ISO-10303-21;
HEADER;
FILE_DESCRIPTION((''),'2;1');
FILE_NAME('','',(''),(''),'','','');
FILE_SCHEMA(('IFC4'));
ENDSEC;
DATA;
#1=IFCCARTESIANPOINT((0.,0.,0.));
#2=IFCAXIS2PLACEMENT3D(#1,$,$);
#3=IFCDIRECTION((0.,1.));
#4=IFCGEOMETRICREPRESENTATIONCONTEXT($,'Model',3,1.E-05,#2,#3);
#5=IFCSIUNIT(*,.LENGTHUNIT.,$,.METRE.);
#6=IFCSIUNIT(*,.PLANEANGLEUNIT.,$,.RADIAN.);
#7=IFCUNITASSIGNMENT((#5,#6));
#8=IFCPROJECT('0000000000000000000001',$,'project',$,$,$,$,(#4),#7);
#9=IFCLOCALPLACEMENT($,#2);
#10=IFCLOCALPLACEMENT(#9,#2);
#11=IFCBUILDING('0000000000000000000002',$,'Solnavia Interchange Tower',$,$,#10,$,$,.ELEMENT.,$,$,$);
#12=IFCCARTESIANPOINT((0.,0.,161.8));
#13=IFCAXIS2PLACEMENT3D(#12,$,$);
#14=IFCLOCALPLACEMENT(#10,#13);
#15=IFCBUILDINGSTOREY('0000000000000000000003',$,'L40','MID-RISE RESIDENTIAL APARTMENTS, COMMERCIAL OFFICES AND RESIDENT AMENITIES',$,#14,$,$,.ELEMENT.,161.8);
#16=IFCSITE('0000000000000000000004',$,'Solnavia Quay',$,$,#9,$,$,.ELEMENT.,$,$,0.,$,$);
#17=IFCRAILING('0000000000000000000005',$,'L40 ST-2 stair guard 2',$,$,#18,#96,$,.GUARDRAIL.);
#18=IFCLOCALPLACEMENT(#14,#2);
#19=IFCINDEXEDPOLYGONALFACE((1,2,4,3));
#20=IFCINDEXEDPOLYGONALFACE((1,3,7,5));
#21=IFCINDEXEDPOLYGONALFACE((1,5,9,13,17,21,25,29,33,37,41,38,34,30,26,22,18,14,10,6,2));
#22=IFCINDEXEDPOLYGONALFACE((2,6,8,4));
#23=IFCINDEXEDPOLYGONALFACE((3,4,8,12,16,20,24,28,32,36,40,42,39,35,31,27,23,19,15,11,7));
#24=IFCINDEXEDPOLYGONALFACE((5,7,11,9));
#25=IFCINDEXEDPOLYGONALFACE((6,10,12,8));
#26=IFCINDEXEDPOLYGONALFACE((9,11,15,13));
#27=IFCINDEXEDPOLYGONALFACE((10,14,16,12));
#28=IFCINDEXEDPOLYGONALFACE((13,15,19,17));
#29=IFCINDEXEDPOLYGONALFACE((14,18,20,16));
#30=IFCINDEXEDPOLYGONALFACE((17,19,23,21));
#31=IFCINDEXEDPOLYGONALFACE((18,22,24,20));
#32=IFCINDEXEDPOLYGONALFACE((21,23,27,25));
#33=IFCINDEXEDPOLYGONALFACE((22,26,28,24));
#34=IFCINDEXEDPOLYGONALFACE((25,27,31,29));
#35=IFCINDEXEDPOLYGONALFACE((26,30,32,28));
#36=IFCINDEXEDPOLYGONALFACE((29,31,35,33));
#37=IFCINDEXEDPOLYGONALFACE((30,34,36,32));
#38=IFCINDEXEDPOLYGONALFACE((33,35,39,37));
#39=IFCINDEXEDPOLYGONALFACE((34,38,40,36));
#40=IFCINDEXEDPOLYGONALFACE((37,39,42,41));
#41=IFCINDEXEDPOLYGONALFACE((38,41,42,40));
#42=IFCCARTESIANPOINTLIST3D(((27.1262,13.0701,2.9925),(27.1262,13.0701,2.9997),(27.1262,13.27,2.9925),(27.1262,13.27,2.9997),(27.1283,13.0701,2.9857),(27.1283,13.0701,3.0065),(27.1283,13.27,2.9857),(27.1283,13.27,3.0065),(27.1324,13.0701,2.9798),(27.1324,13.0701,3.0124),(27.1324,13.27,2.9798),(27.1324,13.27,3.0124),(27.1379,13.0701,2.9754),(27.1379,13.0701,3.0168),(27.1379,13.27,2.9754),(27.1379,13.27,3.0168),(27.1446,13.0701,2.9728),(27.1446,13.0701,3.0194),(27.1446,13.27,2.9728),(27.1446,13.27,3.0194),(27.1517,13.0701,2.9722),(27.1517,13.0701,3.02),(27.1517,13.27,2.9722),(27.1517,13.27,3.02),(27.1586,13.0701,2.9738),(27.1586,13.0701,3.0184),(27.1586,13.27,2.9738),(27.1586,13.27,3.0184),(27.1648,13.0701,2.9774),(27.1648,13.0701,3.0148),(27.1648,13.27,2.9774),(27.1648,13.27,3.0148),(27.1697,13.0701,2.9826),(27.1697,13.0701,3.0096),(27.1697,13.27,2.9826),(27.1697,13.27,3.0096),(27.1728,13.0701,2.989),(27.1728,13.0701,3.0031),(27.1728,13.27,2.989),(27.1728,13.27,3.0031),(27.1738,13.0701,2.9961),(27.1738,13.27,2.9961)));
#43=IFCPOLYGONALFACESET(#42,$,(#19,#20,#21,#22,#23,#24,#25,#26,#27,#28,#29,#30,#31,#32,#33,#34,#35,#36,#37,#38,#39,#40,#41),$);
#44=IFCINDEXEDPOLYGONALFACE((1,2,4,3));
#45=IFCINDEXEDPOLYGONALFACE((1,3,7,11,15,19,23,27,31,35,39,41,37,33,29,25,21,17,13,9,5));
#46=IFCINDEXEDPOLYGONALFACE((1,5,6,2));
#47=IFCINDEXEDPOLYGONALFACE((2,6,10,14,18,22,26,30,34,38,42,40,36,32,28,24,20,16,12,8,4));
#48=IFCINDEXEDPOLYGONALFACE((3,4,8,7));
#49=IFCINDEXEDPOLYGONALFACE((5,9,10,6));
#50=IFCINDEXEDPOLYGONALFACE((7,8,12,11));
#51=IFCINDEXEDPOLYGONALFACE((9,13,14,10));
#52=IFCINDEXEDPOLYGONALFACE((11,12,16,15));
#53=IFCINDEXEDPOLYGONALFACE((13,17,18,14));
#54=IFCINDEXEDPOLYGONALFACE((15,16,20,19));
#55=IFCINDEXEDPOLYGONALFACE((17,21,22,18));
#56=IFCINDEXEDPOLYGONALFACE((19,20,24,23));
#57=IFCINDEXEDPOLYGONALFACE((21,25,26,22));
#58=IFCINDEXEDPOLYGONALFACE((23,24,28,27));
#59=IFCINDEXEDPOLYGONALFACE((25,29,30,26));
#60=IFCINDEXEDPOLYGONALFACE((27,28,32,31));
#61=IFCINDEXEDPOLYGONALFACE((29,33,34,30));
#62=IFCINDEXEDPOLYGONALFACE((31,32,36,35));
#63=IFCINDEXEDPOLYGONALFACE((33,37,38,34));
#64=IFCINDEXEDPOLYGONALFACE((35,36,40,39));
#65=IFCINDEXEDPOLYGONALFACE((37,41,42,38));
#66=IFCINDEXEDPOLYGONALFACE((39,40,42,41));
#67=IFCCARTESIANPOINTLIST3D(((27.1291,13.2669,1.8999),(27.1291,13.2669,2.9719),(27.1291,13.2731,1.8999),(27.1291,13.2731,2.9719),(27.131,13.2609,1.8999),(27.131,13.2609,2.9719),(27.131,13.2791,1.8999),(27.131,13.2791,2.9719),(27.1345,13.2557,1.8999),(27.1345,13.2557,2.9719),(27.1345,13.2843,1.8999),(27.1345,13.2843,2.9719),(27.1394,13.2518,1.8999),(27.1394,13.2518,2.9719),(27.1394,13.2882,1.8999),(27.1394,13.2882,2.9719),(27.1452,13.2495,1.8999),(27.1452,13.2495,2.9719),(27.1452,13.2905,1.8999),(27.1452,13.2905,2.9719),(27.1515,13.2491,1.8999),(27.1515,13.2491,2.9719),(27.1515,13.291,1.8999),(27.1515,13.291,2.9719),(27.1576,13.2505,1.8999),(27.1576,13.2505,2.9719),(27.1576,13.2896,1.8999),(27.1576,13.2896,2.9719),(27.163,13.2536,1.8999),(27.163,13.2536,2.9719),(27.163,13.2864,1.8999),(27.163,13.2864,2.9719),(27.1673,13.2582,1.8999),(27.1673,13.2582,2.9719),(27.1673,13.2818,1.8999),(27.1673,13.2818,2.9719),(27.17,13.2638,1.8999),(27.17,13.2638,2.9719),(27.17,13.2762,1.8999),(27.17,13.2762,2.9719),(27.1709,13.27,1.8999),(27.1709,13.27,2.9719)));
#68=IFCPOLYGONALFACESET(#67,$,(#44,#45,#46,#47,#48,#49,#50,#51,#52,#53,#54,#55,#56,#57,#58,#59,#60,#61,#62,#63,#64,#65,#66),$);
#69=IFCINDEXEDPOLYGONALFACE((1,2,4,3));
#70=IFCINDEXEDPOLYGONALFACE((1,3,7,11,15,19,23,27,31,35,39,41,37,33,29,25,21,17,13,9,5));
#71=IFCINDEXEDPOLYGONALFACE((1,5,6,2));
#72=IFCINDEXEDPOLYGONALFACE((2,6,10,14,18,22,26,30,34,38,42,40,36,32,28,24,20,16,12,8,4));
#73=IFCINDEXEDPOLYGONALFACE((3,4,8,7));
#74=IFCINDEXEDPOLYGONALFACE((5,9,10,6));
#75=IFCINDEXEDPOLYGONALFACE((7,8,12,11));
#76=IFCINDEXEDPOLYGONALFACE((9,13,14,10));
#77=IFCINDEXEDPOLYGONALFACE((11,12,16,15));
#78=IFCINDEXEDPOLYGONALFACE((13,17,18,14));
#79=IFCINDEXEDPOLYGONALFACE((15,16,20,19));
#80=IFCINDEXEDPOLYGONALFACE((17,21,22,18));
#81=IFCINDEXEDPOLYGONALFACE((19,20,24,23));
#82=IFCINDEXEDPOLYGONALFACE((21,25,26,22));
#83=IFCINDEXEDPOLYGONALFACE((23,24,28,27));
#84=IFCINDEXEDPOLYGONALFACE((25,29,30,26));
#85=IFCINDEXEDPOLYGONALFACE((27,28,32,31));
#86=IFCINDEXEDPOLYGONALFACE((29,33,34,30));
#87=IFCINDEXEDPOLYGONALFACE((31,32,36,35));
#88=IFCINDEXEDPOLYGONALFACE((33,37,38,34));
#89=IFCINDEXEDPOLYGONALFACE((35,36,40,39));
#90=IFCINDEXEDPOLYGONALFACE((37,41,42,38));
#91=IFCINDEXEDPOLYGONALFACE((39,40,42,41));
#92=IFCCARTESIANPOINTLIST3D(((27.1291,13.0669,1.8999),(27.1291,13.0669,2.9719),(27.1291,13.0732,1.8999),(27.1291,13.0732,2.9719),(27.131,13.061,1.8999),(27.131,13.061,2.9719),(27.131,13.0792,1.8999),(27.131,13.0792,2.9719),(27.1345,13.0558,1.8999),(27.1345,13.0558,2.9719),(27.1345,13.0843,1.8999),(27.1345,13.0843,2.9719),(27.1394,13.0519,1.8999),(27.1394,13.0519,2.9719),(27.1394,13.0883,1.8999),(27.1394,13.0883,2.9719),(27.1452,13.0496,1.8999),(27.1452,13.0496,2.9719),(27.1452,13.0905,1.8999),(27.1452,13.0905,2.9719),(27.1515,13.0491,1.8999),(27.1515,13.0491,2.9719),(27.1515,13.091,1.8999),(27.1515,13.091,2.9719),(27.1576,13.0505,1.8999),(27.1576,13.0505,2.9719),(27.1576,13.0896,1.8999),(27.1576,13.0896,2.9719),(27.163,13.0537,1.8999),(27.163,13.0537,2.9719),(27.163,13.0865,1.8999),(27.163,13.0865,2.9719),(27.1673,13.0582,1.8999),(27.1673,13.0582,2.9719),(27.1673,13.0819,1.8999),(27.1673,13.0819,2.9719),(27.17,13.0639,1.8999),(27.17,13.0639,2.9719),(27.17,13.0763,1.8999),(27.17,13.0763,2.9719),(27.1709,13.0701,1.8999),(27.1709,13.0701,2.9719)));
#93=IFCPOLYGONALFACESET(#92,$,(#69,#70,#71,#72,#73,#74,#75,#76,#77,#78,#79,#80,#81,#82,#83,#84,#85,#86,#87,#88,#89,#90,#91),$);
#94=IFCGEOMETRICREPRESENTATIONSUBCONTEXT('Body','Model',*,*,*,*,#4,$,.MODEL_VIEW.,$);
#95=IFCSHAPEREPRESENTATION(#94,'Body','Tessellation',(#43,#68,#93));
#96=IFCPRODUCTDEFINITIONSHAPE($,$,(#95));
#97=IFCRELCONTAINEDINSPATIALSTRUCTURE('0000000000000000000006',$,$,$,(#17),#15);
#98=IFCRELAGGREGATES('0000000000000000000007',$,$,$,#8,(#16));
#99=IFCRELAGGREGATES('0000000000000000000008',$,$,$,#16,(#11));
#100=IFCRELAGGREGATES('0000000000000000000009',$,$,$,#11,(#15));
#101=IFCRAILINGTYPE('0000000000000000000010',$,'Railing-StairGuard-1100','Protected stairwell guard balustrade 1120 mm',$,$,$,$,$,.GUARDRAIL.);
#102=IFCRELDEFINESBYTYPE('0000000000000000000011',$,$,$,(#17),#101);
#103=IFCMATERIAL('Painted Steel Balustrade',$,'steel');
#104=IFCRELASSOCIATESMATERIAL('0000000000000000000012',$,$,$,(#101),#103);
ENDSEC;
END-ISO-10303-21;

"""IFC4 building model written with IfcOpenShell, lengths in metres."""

from ifc_helpers import new_model, si_unit, direction, frame, origin, origin_2d, place, context, subcontext, project, spatial, circle, extrude, material, type_object, element, save


model = new_model("IFC4")

# Units and contexts
model_context = context("Model", 3, precision=1e-05, world=origin(), true_north=direction((0.0, 1.0)))
body_context = subcontext(model_context, "Body", "Model", "MODEL_VIEW")
ifc_project = project(units=[si_unit("LENGTHUNIT", "METRE"), si_unit("PLANEANGLEUNIT", "RADIAN")], contexts=[model_context])

# Site, building, storey
site_placement = place(None, origin())
site = spatial("IfcSite", under=ifc_project, at=site_placement, Name="Solnavia Quay", CompositionType="ELEMENT", RefElevation=0.0)
building_placement = place(site_placement, origin())
building = spatial("IfcBuilding", under=site, at=building_placement, Name="Solnavia Interchange Tower", CompositionType="ELEMENT")
storey_placement = place(building_placement, frame((0.0, 0.0, 161.8)))
storey = spatial("IfcBuildingStorey", under=building, at=storey_placement, Name="L40", Description="MID-RISE RESIDENTIAL APARTMENTS, COMMERCIAL OFFICES AND RESIDENT AMENITIES", CompositionType="ELEMENT", Elevation=161.8)

# Railing
ifc_material_1 = material(Name="Painted Steel Balustrade", Category="steel")
railing_type_1 = type_object("IfcRailingType", Name="Railing-StairGuard-1100", Description="Protected stairwell guard balustrade 1120 mm", PredefinedType="GUARDRAIL", material=ifc_material_1)
railing_1_placement = place(storey_placement, frame((27.1499, 13.27, 1.8999)))
element("IfcRailing", 1, at=railing_1_placement, inside=storey, type_object=railing_type_1, Name="L40 ST-2 stair guard 2", PredefinedType="GUARDRAIL", context=body_context, shape_type="SweptSolid", body=[
    extrude(circle(Radius=0.0239, at=origin_2d()), frame((0.0, 0.0, 1.0962), z_axis=(0.0, -1.0, 0.0), x_axis=(1.0, 0.0, 0.0)), (0.0, 0.0, 1.0), 0.2),
    extrude(circle(Radius=0.021, at=origin_2d()), origin(), (0.0, 0.0, 1.0), 1.072),
    extrude(circle(Radius=0.021, at=origin_2d()), frame((0.0, -0.2, 0.0)), (0.0, 0.0, 1.0), 1.072),
])

save(model, "model.ifc")
